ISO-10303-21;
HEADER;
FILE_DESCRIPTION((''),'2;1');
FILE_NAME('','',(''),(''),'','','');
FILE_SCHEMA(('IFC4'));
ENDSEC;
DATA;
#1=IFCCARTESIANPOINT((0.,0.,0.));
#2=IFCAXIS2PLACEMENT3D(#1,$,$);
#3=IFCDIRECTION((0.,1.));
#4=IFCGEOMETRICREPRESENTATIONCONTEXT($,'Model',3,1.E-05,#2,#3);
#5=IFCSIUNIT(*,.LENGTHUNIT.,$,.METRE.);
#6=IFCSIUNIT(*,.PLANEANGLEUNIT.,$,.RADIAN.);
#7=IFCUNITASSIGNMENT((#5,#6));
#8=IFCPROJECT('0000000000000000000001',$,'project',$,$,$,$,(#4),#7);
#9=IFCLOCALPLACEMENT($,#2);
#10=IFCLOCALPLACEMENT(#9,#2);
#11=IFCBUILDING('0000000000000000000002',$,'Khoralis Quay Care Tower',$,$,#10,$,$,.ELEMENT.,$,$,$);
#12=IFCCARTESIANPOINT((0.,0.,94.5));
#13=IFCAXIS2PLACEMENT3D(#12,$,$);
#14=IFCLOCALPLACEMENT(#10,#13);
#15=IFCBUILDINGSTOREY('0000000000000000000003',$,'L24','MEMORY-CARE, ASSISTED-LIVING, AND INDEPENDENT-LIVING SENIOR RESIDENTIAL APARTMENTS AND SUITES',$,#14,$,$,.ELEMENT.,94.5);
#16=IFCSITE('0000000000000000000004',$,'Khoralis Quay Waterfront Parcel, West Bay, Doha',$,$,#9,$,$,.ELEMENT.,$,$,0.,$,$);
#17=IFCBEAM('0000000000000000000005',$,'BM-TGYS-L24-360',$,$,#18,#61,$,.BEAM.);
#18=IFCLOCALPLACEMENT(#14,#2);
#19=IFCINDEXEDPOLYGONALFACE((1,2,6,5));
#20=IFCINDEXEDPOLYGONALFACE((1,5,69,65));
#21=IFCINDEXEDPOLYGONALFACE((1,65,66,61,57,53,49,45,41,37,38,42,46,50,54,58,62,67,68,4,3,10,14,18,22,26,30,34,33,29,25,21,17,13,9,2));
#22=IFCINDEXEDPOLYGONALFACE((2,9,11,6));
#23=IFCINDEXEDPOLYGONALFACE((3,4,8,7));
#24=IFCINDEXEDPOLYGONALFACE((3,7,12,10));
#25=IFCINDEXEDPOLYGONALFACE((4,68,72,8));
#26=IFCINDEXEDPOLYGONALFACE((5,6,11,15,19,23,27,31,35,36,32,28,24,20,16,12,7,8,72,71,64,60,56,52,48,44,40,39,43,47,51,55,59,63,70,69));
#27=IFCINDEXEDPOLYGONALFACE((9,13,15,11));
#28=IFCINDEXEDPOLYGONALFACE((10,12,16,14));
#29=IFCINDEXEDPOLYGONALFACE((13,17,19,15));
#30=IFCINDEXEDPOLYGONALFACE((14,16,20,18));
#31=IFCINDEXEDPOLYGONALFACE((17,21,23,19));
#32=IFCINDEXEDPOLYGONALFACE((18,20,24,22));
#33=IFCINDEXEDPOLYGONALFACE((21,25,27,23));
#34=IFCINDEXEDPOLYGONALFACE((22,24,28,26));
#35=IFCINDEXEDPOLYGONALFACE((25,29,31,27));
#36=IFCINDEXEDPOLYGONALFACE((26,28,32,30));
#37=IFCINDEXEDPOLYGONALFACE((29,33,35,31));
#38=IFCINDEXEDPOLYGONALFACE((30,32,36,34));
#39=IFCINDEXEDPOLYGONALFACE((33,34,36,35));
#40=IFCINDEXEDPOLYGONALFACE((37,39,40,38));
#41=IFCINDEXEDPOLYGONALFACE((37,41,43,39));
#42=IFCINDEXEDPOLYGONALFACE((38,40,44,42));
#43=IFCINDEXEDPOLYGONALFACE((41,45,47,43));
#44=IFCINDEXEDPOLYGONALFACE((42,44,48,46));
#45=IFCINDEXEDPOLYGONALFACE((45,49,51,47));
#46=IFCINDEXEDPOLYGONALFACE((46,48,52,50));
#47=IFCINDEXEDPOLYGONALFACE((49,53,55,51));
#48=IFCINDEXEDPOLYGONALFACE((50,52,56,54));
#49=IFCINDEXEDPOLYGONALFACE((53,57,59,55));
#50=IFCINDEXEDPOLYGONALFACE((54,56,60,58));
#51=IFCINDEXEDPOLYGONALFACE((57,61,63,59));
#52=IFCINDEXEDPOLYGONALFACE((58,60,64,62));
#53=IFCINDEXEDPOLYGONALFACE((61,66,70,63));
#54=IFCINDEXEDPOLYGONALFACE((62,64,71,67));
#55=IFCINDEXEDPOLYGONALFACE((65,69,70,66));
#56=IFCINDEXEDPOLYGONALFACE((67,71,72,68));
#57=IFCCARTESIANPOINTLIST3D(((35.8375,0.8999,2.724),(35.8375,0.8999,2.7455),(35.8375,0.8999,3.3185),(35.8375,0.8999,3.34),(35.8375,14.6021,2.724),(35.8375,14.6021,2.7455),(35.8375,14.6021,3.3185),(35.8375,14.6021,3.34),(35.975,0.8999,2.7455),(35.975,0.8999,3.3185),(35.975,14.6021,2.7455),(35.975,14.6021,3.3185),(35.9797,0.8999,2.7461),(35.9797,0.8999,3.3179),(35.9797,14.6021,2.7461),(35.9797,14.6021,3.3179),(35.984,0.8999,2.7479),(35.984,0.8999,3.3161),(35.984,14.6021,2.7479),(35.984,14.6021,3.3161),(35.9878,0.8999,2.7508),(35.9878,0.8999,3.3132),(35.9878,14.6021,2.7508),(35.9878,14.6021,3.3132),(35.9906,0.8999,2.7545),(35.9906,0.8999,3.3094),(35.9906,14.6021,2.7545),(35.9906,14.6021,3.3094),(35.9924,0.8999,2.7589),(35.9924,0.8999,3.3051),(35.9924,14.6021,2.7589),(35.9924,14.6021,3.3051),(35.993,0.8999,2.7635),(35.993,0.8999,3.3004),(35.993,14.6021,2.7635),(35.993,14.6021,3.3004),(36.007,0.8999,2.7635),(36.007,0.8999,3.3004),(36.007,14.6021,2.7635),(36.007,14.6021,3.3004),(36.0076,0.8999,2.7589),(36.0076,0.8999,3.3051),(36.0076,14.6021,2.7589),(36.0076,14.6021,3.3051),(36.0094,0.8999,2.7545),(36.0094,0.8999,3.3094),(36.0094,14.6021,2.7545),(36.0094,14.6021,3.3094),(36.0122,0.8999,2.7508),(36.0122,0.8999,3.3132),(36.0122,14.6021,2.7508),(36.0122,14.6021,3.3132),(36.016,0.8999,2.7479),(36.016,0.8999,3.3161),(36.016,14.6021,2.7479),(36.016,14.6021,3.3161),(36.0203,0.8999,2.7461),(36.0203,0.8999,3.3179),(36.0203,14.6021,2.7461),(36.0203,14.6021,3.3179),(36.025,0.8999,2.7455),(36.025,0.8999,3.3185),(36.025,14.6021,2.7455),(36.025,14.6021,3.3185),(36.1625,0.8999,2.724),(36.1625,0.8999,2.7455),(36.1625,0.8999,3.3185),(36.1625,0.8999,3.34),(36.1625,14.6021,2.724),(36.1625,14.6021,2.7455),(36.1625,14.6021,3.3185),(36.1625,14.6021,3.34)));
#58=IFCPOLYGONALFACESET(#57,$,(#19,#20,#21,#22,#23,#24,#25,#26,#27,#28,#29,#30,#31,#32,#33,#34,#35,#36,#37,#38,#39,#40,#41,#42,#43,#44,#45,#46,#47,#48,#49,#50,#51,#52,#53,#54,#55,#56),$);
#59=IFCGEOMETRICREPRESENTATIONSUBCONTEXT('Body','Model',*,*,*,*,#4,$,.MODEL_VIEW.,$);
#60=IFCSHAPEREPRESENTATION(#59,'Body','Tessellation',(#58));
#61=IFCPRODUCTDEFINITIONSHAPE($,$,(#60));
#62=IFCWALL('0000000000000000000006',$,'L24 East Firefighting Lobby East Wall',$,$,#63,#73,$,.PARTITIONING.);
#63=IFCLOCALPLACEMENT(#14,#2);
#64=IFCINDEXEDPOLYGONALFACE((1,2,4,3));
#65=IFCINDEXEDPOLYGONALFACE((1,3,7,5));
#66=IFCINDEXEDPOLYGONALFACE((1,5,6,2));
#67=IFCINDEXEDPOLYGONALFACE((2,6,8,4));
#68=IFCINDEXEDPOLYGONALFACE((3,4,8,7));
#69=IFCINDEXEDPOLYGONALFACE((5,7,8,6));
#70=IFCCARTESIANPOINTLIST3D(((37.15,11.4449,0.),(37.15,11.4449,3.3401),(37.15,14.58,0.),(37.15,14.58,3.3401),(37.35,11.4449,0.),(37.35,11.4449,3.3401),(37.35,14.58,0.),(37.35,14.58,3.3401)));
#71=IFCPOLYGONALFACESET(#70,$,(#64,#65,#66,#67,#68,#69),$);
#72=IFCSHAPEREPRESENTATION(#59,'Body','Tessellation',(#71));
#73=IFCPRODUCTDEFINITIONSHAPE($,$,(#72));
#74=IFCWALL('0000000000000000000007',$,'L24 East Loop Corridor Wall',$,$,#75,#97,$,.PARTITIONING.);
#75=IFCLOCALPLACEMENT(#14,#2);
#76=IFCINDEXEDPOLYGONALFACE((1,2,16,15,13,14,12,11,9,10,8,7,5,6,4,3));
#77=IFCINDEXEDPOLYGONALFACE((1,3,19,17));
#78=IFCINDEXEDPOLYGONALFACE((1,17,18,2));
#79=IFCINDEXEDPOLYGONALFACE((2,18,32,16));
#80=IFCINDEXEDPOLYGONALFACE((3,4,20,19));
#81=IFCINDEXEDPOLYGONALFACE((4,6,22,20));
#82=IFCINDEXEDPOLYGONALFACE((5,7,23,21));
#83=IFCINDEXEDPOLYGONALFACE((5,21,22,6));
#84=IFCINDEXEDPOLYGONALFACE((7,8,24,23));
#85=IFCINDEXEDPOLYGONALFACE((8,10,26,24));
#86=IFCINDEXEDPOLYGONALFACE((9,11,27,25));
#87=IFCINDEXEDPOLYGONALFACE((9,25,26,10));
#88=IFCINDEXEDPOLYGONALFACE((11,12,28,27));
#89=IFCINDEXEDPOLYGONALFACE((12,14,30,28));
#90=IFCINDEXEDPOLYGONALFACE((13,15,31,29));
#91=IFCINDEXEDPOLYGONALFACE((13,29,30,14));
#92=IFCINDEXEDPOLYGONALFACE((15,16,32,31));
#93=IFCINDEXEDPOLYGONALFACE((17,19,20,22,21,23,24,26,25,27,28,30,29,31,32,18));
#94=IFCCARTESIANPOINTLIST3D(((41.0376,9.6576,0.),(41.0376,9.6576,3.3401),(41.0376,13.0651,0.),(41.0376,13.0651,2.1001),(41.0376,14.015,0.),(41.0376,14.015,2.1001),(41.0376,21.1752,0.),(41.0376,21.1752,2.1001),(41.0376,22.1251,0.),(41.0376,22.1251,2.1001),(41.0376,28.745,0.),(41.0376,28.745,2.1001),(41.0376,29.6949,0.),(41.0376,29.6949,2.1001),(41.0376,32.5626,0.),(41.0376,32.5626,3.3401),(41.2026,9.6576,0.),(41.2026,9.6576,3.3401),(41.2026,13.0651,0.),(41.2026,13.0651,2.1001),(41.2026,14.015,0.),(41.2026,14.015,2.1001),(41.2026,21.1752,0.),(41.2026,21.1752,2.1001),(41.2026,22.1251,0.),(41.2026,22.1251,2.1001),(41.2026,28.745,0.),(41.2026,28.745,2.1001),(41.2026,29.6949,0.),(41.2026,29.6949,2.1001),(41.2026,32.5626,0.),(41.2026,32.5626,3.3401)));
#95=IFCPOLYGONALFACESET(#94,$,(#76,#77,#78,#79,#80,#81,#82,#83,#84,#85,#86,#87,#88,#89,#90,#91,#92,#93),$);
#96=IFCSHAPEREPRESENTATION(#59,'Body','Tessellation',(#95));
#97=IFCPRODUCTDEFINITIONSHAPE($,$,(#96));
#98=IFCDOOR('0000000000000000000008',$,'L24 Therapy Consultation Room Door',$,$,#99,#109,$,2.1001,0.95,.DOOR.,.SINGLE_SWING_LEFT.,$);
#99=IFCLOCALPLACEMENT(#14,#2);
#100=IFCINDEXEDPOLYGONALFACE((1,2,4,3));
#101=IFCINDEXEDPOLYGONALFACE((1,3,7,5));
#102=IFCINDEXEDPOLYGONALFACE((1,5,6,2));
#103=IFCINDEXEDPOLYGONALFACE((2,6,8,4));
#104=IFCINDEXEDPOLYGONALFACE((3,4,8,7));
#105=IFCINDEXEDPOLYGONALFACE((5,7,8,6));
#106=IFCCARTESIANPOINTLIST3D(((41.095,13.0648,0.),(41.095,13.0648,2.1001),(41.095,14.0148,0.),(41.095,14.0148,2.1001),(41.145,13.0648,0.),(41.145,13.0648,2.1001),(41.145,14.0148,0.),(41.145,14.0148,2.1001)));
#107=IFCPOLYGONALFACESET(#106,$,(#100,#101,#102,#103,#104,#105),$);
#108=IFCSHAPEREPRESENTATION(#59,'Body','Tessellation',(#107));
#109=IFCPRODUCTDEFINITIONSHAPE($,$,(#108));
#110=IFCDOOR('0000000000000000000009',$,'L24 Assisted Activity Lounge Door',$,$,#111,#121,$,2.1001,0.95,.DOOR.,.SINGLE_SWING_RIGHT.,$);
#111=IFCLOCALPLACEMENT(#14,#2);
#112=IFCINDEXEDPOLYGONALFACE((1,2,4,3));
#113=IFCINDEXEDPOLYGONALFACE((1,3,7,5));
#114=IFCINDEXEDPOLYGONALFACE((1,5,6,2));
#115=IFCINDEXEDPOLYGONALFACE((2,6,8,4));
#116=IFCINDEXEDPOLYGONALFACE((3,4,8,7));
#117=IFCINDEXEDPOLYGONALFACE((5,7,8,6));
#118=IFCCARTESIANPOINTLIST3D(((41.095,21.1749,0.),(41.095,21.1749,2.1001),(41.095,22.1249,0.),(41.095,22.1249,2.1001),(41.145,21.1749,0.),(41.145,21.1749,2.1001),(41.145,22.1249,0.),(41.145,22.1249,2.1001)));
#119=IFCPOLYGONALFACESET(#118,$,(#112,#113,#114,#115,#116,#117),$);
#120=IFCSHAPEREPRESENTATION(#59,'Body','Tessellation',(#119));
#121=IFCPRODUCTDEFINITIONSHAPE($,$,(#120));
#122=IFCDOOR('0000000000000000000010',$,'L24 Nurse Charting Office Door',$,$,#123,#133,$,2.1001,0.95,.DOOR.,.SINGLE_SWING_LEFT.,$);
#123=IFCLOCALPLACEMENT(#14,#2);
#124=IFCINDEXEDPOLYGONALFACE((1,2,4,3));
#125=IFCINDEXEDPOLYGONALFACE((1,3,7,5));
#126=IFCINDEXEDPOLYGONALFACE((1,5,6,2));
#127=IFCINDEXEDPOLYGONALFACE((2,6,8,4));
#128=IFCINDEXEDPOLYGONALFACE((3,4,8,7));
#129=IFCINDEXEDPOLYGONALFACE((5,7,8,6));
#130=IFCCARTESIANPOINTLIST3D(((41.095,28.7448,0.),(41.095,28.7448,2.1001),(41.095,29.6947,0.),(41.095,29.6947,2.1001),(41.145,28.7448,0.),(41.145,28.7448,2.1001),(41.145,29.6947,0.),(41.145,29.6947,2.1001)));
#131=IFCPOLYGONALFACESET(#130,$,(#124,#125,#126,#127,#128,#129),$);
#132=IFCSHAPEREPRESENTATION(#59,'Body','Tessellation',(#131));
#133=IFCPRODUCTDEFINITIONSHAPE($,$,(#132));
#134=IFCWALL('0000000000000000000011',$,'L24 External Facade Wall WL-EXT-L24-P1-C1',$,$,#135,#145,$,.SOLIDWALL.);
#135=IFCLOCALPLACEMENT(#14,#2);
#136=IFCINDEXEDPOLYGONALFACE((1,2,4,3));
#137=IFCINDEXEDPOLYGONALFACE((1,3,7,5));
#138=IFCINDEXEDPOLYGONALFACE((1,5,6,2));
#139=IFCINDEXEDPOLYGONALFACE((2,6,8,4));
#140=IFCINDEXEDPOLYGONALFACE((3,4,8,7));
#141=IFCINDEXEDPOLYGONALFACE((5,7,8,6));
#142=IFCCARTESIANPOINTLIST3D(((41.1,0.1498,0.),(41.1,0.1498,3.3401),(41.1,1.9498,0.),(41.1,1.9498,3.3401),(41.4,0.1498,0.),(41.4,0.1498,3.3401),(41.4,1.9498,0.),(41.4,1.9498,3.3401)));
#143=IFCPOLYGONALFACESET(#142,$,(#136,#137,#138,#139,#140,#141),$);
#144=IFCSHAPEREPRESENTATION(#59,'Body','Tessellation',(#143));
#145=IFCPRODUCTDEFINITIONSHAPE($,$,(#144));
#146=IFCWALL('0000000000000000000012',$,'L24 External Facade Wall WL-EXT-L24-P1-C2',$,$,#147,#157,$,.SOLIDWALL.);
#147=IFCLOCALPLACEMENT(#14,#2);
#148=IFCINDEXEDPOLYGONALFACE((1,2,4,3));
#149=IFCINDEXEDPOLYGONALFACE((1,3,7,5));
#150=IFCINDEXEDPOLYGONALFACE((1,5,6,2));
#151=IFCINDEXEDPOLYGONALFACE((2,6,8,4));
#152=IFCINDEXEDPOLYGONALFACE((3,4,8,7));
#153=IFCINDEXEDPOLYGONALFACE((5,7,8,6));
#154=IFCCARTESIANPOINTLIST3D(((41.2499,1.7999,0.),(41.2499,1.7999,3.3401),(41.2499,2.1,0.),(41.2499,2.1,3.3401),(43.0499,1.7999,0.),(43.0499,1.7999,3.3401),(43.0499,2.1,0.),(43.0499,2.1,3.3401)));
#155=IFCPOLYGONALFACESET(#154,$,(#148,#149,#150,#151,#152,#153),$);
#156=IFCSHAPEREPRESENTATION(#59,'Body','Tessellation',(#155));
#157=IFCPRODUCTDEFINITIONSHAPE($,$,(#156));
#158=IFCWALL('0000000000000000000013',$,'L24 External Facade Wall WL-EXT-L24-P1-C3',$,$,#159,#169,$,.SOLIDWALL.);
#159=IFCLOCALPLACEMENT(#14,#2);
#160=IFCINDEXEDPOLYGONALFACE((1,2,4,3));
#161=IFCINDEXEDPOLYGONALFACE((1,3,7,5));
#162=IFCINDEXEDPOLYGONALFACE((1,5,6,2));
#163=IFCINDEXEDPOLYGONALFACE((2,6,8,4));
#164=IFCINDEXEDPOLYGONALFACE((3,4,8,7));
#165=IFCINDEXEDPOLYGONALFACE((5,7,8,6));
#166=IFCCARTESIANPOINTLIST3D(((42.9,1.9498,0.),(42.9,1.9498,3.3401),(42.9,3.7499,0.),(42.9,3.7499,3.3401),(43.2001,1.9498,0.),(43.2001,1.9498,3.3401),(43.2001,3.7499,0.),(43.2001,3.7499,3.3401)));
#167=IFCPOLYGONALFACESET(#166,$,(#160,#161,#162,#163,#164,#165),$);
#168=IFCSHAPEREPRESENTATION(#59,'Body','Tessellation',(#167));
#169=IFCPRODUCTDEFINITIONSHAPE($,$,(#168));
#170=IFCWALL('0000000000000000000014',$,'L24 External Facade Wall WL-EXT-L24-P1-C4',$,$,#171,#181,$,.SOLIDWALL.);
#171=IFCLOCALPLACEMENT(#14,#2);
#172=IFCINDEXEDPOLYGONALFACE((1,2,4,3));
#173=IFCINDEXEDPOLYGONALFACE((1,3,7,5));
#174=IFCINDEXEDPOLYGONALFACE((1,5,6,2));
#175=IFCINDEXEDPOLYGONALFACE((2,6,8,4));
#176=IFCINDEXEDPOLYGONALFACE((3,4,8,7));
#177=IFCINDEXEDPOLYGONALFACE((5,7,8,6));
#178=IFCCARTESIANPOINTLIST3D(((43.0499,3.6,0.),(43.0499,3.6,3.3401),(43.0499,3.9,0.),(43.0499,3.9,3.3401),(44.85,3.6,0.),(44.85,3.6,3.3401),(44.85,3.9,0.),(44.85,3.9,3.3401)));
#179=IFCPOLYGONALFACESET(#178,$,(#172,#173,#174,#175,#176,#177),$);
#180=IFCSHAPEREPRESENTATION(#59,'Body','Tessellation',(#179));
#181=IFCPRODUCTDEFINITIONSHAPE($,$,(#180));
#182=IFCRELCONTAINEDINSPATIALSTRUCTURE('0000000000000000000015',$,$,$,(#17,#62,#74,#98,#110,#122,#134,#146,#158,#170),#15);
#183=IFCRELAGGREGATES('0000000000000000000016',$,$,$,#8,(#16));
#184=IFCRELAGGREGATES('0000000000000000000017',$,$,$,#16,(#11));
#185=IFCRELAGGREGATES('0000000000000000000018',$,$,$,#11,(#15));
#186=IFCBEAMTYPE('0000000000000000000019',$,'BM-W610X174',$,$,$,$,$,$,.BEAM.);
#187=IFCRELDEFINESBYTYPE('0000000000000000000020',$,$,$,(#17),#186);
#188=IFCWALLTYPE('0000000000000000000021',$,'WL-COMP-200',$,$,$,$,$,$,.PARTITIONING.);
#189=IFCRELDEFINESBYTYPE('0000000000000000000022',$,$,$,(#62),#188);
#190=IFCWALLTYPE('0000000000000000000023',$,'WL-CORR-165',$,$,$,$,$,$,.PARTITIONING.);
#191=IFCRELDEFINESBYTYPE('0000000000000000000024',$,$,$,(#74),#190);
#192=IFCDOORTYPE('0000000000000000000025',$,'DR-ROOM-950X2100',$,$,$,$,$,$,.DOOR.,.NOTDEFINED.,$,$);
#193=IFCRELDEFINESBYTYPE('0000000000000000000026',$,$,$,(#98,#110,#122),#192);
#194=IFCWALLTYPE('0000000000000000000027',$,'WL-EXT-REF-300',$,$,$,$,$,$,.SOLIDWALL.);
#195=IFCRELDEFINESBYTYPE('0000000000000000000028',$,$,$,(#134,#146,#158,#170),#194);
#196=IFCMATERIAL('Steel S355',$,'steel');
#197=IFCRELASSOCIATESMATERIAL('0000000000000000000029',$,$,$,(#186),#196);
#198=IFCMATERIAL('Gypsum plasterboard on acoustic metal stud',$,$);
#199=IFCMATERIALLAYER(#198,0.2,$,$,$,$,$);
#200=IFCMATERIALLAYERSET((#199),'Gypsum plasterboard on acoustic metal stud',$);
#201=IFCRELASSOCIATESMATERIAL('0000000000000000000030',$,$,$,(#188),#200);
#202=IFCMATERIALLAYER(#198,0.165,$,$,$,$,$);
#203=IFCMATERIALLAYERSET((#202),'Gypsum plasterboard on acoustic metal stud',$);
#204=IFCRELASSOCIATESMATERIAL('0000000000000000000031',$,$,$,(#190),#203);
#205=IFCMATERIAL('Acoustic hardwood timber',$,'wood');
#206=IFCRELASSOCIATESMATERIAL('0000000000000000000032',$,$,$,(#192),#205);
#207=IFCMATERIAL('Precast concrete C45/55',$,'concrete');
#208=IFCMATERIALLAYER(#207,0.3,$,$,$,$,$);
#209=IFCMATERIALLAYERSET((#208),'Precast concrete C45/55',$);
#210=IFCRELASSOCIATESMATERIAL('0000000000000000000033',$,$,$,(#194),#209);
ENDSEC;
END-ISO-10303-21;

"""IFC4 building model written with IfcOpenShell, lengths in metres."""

from ifc_helpers import new_model, si_unit, direction, frame, frame_2d, origin, origin_2d, place, context, subcontext, project, spatial, rectangle, i_section, extrude, source, transform, mapped, material, layer, layer_set, material_profile, profile_set, type_object, element, fill, save


model = new_model("IFC4")

# Units and contexts
model_context = context("Model", 3, precision=1e-05, world=origin(), true_north=direction((0.0, 1.0)))
body_context = subcontext(model_context, "Body", "Model", "MODEL_VIEW")
ifc_project = project(units=[si_unit("LENGTHUNIT", "METRE"), si_unit("PLANEANGLEUNIT", "RADIAN")], contexts=[model_context])

# Site, building, storey
site_placement = place(None, origin())
site = spatial("IfcSite", under=ifc_project, at=site_placement, Name="Khoralis Quay Waterfront Parcel, West Bay, Doha", CompositionType="ELEMENT", RefElevation=0.0)
building_placement = place(site_placement, origin())
building = spatial("IfcBuilding", under=site, at=building_placement, Name="Khoralis Quay Care Tower", CompositionType="ELEMENT")
storey_placement = place(building_placement, frame((0.0, 0.0, 94.5)))
storey = spatial("IfcBuildingStorey", under=building, at=storey_placement, Name="L24", Description="MEMORY-CARE, ASSISTED-LIVING, AND INDEPENDENT-LIVING SENIOR RESIDENTIAL APARTMENTS AND SUITES", CompositionType="ELEMENT", Elevation=94.5)

# Beam
ifc_material_1 = material(Name="Steel S355", Category="steel")
ifc_material_profile_1 = material_profile(ifc_material_1, i_section(OverallWidth=0.325, OverallDepth=0.616, WebThickness=0.0139, FlangeThickness=0.0215, FilletRadius=0.0181, at=origin_2d()), Name="Steel S355")
ifc_profile_set_1 = profile_set([ifc_material_profile_1], Name="Steel S355")
beam_type_1 = type_object("IfcBeamType", Name="BM-W610X174", PredefinedType="BEAM", material=ifc_profile_set_1)
shared_shape_1 = source(origin(), body_context, "Body", "SweptSolid", [
    extrude(i_section(OverallWidth=0.325, OverallDepth=0.616, WebThickness=0.0139, FlangeThickness=0.0215, FilletRadius=0.0181, at=origin_2d()), origin(), (0.0, 0.0, 1.0), 13.7021),
])
beam_1_placement = place(storey_placement, frame((36.0, 0.8999, 3.032), z_axis=(0.0, 1.0, 0.0), x_axis=(-1.0, 0.0, 0.0)))
element("IfcBeam", 1, at=beam_1_placement, inside=storey, type_object=beam_type_1, Name="BM-TGYS-L24-360", PredefinedType="BEAM", context=body_context, shape_type="MappedRepresentation", body=[
    mapped(shared_shape_1, transform((0.0, 0.0, 0.0), scale=1.0)),
])

# Wall
ifc_material_2 = material(Name="Gypsum plasterboard on acoustic metal stud")
ifc_layer_1 = layer(ifc_material_2, 0.2)
ifc_layer_set_1 = layer_set([ifc_layer_1], Name="Gypsum plasterboard on acoustic metal stud")
wall_type_1 = type_object("IfcWallType", Name="WL-COMP-200", PredefinedType="PARTITIONING", material=ifc_layer_set_1)
wall_1_placement = place(storey_placement, frame((37.25, 11.4451, 0.0), z_axis=(0.0, 0.0, 1.0), x_axis=(0.0, 1.0, 0.0)))
element("IfcWall", 2, at=wall_1_placement, inside=storey, type_object=wall_type_1, Name="L24 East Firefighting Lobby East Wall", PredefinedType="PARTITIONING", context=body_context, shape_type="SweptSolid", body=[
    extrude(rectangle(XDim=3.135, YDim=0.2, at=frame_2d((1.5674, 0.0))), origin(), (0.0, 0.0, 1.0), 3.3401),
])

# Wall, openings, doors
ifc_layer_2 = layer(ifc_material_2, 0.165)
ifc_layer_set_2 = layer_set([ifc_layer_2], Name="Gypsum plasterboard on acoustic metal stud")
wall_type_2 = type_object("IfcWallType", Name="WL-CORR-165", PredefinedType="PARTITIONING", material=ifc_layer_set_2)
wall_2_placement = place(storey_placement, frame((41.1201, 9.6575, 0.0), z_axis=(0.0, 0.0, 1.0), x_axis=(0.0, 1.0, 0.0)))
wall_2 = element("IfcWall", 3, at=wall_2_placement, inside=storey, type_object=wall_type_2, Name="L24 East Loop Corridor Wall", PredefinedType="PARTITIONING", context=body_context, shape_type="SweptSolid", body=[
    extrude(rectangle(XDim=22.905, YDim=0.165, at=frame_2d((11.4526, 0.0))), origin(), (0.0, 0.0, 1.0), 3.3401),
])
opening_1_placement = place(wall_2_placement, frame((3.4075, 0.0, 0.0)))
opening_1 = element("IfcOpeningElement", 4, at=opening_1_placement, cuts=wall_2, PredefinedType="OPENING", context=body_context, shape_type="SweptSolid", body=[
    extrude(rectangle(XDim=0.95, YDim=2.1001, at=frame_2d((0.4751, 1.05))), frame((0.0, 0.0925, 0.0), z_axis=(0.0, -1.0, 0.0), x_axis=(1.0, 0.0, 0.0)), (0.0, 0.0, 1.0), 0.1851),
])
opening_2_placement = place(wall_2_placement, frame((11.5176, 0.0, 0.0)))
opening_2 = element("IfcOpeningElement", 5, at=opening_2_placement, cuts=wall_2, PredefinedType="OPENING", context=body_context, shape_type="SweptSolid", body=[
    extrude(rectangle(XDim=0.95, YDim=2.1001, at=frame_2d((0.4751, 1.05))), frame((0.0, 0.0925, 0.0), z_axis=(0.0, -1.0, 0.0), x_axis=(1.0, 0.0, 0.0)), (0.0, 0.0, 1.0), 0.1851),
])
opening_3_placement = place(wall_2_placement, frame((19.0874, 0.0, 0.0)))
opening_3 = element("IfcOpeningElement", 6, at=opening_3_placement, cuts=wall_2, PredefinedType="OPENING", context=body_context, shape_type="SweptSolid", body=[
    extrude(rectangle(XDim=0.95, YDim=2.1001, at=frame_2d((0.4751, 1.05))), frame((0.0, 0.0925, 0.0), z_axis=(0.0, -1.0, 0.0), x_axis=(1.0, 0.0, 0.0)), (0.0, 0.0, 1.0), 0.1851),
])
ifc_material_3 = material(Name="Acoustic hardwood timber", Category="wood")
door_type_1 = type_object("IfcDoorType", Name="DR-ROOM-950X2100", OperationType="NOTDEFINED", PredefinedType="DOOR", material=ifc_material_3)
shared_shape_2 = source(origin(), body_context, "Body", "SweptSolid", [
    extrude(rectangle(XDim=0.95, YDim=2.1001, at=frame_2d((0.4751, 1.05))), frame((0.0, 0.0249, 0.0), z_axis=(0.0, -1.0, 0.0), x_axis=(1.0, 0.0, 0.0)), (0.0, 0.0, 1.0), 0.05),
])
door_1_placement = place(opening_1_placement, frame((0.95, 0.0, 0.0), z_axis=(0.0, 0.0, 1.0), x_axis=(-1.0, 0.0, 0.0)))
door_1 = element("IfcDoor", 7, at=door_1_placement, inside=storey, type_object=door_type_1, Name="L24 Therapy Consultation Room Door", OperationType="SINGLE_SWING_LEFT", OverallHeight=2.1001, OverallWidth=0.95, PredefinedType="DOOR", context=body_context, shape_type="MappedRepresentation", body=[
    mapped(shared_shape_2, transform((0.0, 0.0, 0.0), scale=1.0)),
])
fill(opening_1, door_1)
door_2_placement = place(opening_2_placement, frame((0.95, 0.0, 0.0), z_axis=(0.0, 0.0, 1.0), x_axis=(-1.0, 0.0, 0.0)))
door_2 = element("IfcDoor", 8, at=door_2_placement, inside=storey, type_object=door_type_1, Name="L24 Assisted Activity Lounge Door", OperationType="SINGLE_SWING_RIGHT", OverallHeight=2.1001, OverallWidth=0.95, PredefinedType="DOOR", context=body_context, shape_type="MappedRepresentation", body=[
    mapped(shared_shape_2, transform((0.0, 0.0, 0.0), scale=1.0)),
])
fill(opening_2, door_2)
door_3_placement = place(opening_3_placement, frame((0.95, 0.0, 0.0), z_axis=(0.0, 0.0, 1.0), x_axis=(-1.0, 0.0, 0.0)))
door_3 = element("IfcDoor", 9, at=door_3_placement, inside=storey, type_object=door_type_1, Name="L24 Nurse Charting Office Door", OperationType="SINGLE_SWING_LEFT", OverallHeight=2.1001, OverallWidth=0.95, PredefinedType="DOOR", context=body_context, shape_type="MappedRepresentation", body=[
    mapped(shared_shape_2, transform((0.0, 0.0, 0.0), scale=1.0)),
])
fill(opening_3, door_3)

# Walls
ifc_material_4 = material(Name="Precast concrete C45/55", Category="concrete")
ifc_layer_3 = layer(ifc_material_4, 0.3)
ifc_layer_set_3 = layer_set([ifc_layer_3], Name="Precast concrete C45/55")
wall_type_3 = type_object("IfcWallType", Name="WL-EXT-REF-300", PredefinedType="SOLIDWALL", material=ifc_layer_set_3)
for number, where, z_axis, x_axis, name in (
    (10, (41.25, 0.1499, 0.0), (0.0, 0.0, 1.0), (0.0, 1.0, 0.0), "L24 External Facade Wall WL-EXT-L24-P1-C1"),
    (11, (41.25, 1.95, 0.0), (0.0, 0.0, 1.0), (1.0, 0.0, 0.0), "L24 External Facade Wall WL-EXT-L24-P1-C2"),
    (12, (43.05, 1.95, 0.0), (0.0, 0.0, 1.0), (0.0, 1.0, 0.0), "L24 External Facade Wall WL-EXT-L24-P1-C3"),
    (13, (43.05, 3.75, 0.0), (0.0, 0.0, 1.0), (1.0, 0.0, 0.0), "L24 External Facade Wall WL-EXT-L24-P1-C4"),
):
    element("IfcWall", number, at=place(storey_placement, frame(where, z_axis=z_axis, x_axis=x_axis)), inside=storey, type_object=wall_type_3, Name=name, PredefinedType="SOLIDWALL", context=body_context, shape_type="SweptSolid", body=[
        extrude(rectangle(XDim=1.8, YDim=0.3, at=frame_2d((0.8999, 0.0))), origin(), (0.0, 0.0, 1.0), 3.3401),
    ])

save(model, "model.ifc")
